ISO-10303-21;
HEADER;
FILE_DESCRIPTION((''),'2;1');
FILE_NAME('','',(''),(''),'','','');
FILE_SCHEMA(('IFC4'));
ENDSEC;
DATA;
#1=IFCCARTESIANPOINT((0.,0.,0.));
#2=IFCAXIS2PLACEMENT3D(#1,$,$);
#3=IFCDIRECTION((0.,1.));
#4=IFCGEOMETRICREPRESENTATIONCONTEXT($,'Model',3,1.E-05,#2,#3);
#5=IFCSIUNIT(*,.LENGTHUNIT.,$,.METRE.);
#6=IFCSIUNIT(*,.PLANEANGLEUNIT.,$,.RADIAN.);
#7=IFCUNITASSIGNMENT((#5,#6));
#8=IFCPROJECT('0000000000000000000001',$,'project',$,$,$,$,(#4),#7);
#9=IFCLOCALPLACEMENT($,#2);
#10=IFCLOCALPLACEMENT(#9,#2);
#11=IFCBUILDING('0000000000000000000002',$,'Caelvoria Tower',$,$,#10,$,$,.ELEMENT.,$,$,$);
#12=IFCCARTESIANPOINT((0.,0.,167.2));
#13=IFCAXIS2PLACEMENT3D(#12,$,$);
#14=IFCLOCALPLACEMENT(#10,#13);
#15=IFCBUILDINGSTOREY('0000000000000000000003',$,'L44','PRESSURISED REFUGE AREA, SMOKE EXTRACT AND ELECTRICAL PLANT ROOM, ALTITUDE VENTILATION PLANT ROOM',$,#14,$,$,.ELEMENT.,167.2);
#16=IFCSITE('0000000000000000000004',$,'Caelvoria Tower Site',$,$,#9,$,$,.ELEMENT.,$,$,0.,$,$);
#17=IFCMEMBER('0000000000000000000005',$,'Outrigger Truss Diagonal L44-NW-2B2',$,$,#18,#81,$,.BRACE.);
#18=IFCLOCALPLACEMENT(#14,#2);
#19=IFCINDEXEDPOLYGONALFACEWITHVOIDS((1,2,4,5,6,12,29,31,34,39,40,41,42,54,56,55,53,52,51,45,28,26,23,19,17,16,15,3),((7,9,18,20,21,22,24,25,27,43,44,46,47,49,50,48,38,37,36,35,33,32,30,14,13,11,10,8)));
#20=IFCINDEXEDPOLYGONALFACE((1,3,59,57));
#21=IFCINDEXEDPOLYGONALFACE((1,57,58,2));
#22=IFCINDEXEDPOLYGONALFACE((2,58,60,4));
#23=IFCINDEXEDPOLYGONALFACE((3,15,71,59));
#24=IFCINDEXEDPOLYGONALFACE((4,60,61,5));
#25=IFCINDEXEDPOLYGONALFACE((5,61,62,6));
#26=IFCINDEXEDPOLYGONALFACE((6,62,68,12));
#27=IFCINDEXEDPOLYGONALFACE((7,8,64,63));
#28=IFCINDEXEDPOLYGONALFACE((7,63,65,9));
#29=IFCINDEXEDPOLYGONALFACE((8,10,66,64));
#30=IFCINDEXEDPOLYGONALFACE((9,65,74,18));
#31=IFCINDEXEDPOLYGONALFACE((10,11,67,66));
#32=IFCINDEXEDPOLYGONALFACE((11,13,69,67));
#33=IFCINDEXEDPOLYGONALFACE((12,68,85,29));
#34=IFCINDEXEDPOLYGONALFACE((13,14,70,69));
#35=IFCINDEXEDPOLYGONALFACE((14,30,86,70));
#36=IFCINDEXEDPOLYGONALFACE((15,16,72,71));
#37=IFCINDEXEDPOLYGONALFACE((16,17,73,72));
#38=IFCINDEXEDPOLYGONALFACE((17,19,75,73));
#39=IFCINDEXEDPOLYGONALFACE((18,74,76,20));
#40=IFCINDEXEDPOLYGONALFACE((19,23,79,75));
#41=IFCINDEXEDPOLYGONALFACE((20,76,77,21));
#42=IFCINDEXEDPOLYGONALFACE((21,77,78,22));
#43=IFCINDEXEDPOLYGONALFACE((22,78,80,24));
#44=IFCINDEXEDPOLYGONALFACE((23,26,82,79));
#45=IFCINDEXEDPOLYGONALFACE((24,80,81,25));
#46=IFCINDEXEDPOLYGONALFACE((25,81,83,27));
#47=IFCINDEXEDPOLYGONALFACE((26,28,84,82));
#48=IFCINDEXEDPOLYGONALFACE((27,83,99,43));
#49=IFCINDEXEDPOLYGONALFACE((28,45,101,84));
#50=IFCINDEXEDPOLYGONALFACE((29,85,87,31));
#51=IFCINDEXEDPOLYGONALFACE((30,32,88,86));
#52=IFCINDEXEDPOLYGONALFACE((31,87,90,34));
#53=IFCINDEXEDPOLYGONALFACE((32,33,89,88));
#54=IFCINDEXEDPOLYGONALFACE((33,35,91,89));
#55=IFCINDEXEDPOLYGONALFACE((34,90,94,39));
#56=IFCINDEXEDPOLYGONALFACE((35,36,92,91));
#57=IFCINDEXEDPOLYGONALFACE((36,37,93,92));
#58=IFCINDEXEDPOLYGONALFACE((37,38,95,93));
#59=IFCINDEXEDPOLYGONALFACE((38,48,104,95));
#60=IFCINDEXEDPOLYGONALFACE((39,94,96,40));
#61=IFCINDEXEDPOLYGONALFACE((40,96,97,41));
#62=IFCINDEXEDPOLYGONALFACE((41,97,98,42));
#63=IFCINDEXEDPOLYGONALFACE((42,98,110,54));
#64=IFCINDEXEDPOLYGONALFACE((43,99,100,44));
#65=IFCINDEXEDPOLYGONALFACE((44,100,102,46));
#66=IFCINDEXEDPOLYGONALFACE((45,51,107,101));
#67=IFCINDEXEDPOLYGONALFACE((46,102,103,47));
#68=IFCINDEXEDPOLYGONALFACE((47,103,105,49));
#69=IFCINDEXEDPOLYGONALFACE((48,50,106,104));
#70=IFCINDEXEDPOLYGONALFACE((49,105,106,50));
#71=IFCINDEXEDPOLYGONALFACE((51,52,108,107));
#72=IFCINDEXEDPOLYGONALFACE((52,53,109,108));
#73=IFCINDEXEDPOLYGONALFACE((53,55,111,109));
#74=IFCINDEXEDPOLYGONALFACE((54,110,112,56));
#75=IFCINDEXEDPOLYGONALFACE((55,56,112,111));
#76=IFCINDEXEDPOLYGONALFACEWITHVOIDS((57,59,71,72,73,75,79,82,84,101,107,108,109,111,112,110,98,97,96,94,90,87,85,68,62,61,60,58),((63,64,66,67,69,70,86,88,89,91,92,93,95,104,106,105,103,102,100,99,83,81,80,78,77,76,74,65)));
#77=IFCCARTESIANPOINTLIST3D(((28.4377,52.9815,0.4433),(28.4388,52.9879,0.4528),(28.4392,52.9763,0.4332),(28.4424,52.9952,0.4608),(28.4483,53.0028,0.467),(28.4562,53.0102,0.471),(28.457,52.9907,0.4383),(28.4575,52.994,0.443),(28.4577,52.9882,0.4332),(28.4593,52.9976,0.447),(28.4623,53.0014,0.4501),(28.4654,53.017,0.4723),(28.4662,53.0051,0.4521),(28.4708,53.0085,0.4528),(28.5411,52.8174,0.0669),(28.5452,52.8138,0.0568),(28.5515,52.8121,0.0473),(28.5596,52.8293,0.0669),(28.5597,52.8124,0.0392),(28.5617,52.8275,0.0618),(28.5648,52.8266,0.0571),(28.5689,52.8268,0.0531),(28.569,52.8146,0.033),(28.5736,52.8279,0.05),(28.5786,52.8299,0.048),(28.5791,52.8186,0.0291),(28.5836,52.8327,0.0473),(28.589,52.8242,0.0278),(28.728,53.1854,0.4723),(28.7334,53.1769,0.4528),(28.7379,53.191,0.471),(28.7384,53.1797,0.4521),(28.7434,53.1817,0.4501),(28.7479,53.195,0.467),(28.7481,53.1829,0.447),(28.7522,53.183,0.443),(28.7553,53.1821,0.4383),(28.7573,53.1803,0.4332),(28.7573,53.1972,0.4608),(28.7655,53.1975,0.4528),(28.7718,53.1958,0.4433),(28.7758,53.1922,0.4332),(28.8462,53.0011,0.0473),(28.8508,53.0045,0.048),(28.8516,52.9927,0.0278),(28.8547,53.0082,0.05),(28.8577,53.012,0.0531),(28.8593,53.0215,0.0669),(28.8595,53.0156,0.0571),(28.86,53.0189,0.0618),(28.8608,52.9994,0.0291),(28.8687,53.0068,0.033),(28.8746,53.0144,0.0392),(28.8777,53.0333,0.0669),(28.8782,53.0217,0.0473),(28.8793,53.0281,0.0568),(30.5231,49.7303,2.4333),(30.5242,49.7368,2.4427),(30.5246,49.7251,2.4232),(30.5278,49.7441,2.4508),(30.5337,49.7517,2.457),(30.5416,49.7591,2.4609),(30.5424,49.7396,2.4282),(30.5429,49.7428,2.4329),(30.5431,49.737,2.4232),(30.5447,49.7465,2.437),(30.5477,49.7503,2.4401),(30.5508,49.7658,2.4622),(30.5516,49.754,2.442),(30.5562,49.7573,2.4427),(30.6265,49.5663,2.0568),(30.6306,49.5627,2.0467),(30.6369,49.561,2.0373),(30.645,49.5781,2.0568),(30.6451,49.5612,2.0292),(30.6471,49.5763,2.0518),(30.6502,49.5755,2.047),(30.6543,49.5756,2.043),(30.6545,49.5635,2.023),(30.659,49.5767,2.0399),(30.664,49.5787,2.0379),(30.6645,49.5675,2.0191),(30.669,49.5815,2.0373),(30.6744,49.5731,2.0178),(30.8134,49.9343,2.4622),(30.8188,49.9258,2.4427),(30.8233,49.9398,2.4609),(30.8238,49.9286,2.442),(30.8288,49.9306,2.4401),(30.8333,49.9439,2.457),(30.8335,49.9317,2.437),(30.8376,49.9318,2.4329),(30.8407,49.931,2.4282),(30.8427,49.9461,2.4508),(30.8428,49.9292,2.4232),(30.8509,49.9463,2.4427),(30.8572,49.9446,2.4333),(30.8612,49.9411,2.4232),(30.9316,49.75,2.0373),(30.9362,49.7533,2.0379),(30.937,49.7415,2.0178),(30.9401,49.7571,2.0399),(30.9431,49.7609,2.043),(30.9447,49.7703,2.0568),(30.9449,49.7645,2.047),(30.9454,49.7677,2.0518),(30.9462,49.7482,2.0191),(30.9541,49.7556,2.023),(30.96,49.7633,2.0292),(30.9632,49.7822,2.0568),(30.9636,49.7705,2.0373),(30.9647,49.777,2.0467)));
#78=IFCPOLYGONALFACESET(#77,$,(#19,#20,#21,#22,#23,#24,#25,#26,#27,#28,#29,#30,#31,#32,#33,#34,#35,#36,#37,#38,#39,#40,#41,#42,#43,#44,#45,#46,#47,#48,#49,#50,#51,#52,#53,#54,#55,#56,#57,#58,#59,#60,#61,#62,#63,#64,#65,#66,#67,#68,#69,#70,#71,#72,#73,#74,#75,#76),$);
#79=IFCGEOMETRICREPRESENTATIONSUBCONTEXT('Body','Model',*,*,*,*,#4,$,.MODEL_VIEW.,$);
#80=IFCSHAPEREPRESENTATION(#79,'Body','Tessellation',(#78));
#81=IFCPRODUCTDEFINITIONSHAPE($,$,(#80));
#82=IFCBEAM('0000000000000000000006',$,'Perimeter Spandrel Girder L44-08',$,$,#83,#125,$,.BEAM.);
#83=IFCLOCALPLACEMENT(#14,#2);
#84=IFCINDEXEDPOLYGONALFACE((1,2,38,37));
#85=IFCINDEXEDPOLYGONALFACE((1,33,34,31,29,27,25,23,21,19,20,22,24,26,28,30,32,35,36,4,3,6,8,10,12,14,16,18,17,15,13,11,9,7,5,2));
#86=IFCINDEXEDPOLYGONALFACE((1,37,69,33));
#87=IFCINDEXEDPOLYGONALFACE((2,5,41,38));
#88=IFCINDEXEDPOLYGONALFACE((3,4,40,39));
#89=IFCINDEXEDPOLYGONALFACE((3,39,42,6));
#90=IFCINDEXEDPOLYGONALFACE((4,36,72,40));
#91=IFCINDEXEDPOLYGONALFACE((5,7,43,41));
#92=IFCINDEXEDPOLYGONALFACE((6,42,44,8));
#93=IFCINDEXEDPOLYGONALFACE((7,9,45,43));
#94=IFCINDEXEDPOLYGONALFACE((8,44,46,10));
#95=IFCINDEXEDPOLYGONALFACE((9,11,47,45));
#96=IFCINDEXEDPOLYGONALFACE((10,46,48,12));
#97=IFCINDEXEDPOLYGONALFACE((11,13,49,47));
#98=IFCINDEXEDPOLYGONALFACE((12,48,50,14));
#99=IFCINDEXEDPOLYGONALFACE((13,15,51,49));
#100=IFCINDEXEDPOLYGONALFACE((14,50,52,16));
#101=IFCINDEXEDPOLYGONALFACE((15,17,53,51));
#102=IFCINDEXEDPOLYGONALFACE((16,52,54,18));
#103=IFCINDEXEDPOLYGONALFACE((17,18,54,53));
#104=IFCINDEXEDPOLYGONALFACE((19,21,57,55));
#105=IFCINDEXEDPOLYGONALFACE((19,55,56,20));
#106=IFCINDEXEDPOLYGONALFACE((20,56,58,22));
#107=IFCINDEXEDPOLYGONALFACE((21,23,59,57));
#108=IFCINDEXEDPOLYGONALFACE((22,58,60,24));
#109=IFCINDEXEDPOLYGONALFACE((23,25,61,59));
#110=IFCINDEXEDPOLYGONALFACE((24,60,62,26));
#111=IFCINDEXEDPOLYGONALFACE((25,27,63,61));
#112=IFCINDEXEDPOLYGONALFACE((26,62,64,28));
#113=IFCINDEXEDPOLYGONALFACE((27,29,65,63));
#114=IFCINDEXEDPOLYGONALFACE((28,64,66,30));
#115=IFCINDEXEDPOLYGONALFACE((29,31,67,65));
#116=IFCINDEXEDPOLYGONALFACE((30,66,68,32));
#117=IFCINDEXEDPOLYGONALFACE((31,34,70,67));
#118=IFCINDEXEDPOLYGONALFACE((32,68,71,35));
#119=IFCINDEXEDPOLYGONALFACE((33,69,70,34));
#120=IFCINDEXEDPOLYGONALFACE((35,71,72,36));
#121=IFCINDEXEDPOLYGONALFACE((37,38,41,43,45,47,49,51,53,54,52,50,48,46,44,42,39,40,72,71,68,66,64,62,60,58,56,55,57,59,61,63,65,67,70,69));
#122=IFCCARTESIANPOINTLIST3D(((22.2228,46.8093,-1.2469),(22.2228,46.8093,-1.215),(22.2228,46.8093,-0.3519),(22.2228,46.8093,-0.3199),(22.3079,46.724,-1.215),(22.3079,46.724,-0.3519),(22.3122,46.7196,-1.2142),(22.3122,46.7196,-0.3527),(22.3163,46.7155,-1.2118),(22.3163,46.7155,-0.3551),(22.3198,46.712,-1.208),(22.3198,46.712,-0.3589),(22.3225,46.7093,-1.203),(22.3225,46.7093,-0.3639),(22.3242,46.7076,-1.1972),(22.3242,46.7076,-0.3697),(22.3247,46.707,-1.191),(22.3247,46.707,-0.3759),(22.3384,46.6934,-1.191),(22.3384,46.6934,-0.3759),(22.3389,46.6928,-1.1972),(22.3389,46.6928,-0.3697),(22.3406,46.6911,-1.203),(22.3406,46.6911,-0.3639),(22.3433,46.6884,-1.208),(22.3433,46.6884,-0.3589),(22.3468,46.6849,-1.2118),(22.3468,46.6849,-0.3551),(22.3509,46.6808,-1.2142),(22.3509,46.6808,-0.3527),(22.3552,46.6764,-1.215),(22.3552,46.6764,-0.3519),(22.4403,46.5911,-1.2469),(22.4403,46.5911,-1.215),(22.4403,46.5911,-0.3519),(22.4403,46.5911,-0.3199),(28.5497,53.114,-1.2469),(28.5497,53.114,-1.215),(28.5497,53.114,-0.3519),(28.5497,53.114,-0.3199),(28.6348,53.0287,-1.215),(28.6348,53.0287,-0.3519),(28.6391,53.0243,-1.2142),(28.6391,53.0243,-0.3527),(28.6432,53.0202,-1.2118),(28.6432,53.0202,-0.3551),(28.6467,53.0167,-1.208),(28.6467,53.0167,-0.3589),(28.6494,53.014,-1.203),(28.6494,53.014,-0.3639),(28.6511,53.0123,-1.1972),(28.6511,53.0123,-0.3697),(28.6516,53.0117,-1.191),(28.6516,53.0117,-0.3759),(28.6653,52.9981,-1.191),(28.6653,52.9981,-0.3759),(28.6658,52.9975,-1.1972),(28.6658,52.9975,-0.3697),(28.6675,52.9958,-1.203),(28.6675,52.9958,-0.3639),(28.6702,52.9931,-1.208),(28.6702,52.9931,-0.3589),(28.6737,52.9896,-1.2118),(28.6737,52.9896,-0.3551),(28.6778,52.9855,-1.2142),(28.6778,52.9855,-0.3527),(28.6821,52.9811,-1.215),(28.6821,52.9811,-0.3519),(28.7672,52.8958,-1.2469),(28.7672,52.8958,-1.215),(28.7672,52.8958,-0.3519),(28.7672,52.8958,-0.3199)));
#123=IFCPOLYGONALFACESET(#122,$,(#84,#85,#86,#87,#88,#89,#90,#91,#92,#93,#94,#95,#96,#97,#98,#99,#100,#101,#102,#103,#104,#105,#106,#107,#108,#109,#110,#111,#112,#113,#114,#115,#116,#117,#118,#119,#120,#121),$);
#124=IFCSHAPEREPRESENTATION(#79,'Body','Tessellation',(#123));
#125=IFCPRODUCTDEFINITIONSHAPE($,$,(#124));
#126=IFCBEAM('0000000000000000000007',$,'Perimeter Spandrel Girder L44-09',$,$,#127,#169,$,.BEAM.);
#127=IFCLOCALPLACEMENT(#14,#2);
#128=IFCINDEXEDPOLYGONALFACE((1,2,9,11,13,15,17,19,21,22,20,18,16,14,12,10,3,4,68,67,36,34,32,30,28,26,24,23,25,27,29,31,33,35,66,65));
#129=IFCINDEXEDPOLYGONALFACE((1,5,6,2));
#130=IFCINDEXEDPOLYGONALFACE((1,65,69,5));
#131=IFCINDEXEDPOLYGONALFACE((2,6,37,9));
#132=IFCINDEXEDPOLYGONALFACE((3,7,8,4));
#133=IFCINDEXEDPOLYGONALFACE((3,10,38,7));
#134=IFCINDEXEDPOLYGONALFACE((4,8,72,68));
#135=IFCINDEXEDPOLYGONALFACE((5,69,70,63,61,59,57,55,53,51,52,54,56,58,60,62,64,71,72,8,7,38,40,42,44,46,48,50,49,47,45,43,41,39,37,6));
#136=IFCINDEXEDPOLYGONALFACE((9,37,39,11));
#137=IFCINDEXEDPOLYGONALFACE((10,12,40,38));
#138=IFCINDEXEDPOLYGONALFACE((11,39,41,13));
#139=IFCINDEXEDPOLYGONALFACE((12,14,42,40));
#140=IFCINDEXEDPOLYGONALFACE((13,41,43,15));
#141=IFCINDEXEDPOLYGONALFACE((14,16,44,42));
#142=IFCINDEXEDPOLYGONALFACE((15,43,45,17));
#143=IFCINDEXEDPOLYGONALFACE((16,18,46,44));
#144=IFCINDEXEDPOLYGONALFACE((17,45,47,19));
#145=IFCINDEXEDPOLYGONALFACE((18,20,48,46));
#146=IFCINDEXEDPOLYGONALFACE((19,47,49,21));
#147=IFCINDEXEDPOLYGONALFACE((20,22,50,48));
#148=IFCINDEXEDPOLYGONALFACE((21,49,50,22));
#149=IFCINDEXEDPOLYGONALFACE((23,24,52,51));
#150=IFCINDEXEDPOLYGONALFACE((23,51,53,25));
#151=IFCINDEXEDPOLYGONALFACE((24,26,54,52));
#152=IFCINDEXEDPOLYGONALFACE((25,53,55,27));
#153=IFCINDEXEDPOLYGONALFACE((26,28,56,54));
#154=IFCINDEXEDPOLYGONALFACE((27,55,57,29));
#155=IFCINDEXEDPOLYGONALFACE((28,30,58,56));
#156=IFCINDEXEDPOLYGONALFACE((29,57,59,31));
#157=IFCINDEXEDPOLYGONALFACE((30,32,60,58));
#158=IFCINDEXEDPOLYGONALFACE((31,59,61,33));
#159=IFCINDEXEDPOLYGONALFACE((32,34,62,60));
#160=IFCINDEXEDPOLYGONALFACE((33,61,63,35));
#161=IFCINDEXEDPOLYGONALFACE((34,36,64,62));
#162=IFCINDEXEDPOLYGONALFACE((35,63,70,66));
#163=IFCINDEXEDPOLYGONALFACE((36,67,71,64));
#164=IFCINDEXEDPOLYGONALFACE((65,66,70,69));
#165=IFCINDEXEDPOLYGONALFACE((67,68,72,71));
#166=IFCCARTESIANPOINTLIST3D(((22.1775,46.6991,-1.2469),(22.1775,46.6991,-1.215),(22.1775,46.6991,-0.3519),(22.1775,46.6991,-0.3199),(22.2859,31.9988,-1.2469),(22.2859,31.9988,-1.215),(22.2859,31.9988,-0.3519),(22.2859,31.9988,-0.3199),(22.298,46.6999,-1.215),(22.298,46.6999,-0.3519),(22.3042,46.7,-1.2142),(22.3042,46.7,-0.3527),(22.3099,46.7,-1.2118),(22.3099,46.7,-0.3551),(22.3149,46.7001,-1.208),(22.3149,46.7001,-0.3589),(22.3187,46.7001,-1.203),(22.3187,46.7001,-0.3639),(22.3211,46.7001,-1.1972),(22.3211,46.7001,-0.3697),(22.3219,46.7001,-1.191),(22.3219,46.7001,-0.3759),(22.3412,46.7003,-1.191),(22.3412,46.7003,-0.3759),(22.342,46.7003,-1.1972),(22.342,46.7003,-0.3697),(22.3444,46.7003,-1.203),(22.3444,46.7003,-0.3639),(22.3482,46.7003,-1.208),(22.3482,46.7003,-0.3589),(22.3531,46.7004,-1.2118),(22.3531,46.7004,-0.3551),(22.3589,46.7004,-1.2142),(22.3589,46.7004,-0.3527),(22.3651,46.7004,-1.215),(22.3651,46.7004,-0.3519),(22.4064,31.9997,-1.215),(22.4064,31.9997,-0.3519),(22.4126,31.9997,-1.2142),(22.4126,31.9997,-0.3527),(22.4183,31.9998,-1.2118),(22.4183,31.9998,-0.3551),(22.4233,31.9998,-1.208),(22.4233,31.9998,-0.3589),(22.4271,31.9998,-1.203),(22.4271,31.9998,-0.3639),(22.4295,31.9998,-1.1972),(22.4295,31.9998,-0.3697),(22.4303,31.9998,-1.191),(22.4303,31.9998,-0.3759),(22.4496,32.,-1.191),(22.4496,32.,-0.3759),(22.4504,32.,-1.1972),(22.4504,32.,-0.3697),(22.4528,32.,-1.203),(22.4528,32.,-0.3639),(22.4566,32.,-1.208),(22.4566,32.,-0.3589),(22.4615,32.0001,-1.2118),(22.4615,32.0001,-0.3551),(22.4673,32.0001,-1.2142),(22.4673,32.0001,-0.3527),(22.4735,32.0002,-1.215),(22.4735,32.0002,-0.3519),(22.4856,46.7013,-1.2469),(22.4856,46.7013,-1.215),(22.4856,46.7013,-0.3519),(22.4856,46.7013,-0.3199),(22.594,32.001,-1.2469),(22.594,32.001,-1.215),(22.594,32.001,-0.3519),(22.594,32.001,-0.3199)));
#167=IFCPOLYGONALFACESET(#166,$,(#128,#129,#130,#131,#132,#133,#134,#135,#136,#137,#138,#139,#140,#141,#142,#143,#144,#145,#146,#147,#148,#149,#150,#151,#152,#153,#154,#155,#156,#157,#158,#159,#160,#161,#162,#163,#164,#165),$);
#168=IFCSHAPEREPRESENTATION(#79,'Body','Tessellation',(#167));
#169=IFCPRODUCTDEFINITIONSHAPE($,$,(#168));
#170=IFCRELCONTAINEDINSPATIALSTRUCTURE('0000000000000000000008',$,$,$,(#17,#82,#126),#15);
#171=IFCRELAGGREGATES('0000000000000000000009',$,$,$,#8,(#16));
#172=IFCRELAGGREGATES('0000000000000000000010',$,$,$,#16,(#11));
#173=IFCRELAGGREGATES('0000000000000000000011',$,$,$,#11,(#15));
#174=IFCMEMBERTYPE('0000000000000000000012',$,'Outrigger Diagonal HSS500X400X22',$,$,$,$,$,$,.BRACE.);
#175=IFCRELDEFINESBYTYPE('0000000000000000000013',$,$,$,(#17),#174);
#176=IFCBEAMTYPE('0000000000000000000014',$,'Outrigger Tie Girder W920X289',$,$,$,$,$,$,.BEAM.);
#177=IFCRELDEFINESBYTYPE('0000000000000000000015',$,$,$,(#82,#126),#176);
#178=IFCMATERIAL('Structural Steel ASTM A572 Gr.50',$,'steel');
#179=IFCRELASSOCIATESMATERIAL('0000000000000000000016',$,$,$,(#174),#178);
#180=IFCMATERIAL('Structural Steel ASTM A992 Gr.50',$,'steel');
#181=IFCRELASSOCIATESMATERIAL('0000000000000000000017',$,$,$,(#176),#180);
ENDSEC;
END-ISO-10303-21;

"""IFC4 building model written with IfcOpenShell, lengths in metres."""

from ifc_helpers import new_model, si_unit, direction, frame, origin, origin_2d, place, context, subcontext, project, spatial, hollow_rectangle, i_section, extrude, material, material_profile, profile_set, type_object, element, save


model = new_model("IFC4")

# Units and contexts
model_context = context("Model", 3, precision=1e-05, world=origin(), true_north=direction((0.0, 1.0)))
body_context = subcontext(model_context, "Body", "Model", "MODEL_VIEW")
ifc_project = project(units=[si_unit("LENGTHUNIT", "METRE"), si_unit("PLANEANGLEUNIT", "RADIAN")], contexts=[model_context])

# Site, building, storey
site_placement = place(None, origin())
site = spatial("IfcSite", under=ifc_project, at=site_placement, Name="Caelvoria Tower Site", CompositionType="ELEMENT", RefElevation=0.0)
building_placement = place(site_placement, origin())
building = spatial("IfcBuilding", under=site, at=building_placement, Name="Caelvoria Tower", CompositionType="ELEMENT")
storey_placement = place(building_placement, frame((0.0, 0.0, 167.2)))
storey = spatial("IfcBuildingStorey", under=building, at=storey_placement, Name="L44", Description="PRESSURISED REFUGE AREA, SMOKE EXTRACT AND ELECTRICAL PLANT ROOM, ALTITUDE VENTILATION PLANT ROOM", CompositionType="ELEMENT", Elevation=167.2)

# Shared definitions
ifc_material_1 = material(Name="Structural Steel ASTM A572 Gr.50", Category="steel")

# Member
ifc_material_profile_1 = material_profile(ifc_material_1, hollow_rectangle(XDim=0.3999, YDim=0.5, WallThickness=0.022, InnerFilletRadius=0.022, OuterFilletRadius=0.0439, at=origin_2d()), Name="Structural Steel ASTM A572 Gr.50")
ifc_profile_set_1 = profile_set([ifc_material_profile_1], Name="HSS500X400X22 - Structural Steel ASTM A572 Gr.50")
member_type_1 = type_object("IfcMemberType", Name="Outrigger Diagonal HSS500X400X22", PredefinedType="BRACE", material=ifc_profile_set_1)
for number, where, z_axis, x_axis, name in (
    (1, (30.7439, 49.7537, 2.24), (-0.479958, 0.748256, -0.457989), (-0.841722, -0.539911, 0.0), "Outrigger Truss Diagonal L44-NW-2B2"),
):
    element("IfcMember", number, at=place(storey_placement, frame(where, z_axis=z_axis, x_axis=x_axis)), inside=storey, type_object=member_type_1, Name=name, PredefinedType="BRACE", context=body_context, shape_type="SweptSolid", body=[
        extrude(hollow_rectangle(XDim=0.3999, YDim=0.5, WallThickness=0.022, InnerFilletRadius=0.022, OuterFilletRadius=0.0439, at=origin_2d()), origin(), (0.0, 0.0, 1.0), 4.345),
    ])

# Beams
ifc_material_2 = material(Name="Structural Steel ASTM A992 Gr.50", Category="steel")
ifc_material_profile_2 = material_profile(ifc_material_2, i_section(OverallWidth=0.3081, OverallDepth=0.927, WebThickness=0.0193, FlangeThickness=0.032, FilletRadius=0.0239, at=origin_2d()), Name="Structural Steel ASTM A992 Gr.50")
ifc_profile_set_2 = profile_set([ifc_material_profile_2], Name="W920X289 - Structural Steel ASTM A992 Gr.50")
beam_type_1 = type_object("IfcBeamType", Name="Outrigger Tie Girder W920X289", PredefinedType="BEAM", material=ifc_profile_set_2)
beam_1_placement = place(storey_placement, frame((28.6584, 53.0049, -0.7834), z_axis=(-0.708349, -0.705862, 0.0), x_axis=(0.705862, -0.708349, 0.0)))
element("IfcBeam", 2, at=beam_1_placement, inside=storey, type_object=beam_type_1, Name="Perimeter Spandrel Girder L44-08", PredefinedType="BEAM", context=body_context, shape_type="SweptSolid", body=[
    extrude(i_section(OverallWidth=0.3081, OverallDepth=0.927, WebThickness=0.0193, FlangeThickness=0.032, FilletRadius=0.0239, at=origin_2d()), origin(), (0.0, 0.0, 1.0), 8.9319),
])
beam_2_placement = place(storey_placement, frame((22.3315, 46.7002, -0.7834), z_axis=(0.007374, -0.999973, 0.0), x_axis=(0.999973, 0.007374, 0.0)))
element("IfcBeam", 3, at=beam_2_placement, inside=storey, type_object=beam_type_1, Name="Perimeter Spandrel Girder L44-09", PredefinedType="BEAM", context=body_context, shape_type="SweptSolid", body=[
    extrude(i_section(OverallWidth=0.3081, OverallDepth=0.927, WebThickness=0.0193, FlangeThickness=0.032, FilletRadius=0.0239, at=origin_2d()), origin(), (0.0, 0.0, 1.0), 14.7007),
])

save(model, "model.ifc")
